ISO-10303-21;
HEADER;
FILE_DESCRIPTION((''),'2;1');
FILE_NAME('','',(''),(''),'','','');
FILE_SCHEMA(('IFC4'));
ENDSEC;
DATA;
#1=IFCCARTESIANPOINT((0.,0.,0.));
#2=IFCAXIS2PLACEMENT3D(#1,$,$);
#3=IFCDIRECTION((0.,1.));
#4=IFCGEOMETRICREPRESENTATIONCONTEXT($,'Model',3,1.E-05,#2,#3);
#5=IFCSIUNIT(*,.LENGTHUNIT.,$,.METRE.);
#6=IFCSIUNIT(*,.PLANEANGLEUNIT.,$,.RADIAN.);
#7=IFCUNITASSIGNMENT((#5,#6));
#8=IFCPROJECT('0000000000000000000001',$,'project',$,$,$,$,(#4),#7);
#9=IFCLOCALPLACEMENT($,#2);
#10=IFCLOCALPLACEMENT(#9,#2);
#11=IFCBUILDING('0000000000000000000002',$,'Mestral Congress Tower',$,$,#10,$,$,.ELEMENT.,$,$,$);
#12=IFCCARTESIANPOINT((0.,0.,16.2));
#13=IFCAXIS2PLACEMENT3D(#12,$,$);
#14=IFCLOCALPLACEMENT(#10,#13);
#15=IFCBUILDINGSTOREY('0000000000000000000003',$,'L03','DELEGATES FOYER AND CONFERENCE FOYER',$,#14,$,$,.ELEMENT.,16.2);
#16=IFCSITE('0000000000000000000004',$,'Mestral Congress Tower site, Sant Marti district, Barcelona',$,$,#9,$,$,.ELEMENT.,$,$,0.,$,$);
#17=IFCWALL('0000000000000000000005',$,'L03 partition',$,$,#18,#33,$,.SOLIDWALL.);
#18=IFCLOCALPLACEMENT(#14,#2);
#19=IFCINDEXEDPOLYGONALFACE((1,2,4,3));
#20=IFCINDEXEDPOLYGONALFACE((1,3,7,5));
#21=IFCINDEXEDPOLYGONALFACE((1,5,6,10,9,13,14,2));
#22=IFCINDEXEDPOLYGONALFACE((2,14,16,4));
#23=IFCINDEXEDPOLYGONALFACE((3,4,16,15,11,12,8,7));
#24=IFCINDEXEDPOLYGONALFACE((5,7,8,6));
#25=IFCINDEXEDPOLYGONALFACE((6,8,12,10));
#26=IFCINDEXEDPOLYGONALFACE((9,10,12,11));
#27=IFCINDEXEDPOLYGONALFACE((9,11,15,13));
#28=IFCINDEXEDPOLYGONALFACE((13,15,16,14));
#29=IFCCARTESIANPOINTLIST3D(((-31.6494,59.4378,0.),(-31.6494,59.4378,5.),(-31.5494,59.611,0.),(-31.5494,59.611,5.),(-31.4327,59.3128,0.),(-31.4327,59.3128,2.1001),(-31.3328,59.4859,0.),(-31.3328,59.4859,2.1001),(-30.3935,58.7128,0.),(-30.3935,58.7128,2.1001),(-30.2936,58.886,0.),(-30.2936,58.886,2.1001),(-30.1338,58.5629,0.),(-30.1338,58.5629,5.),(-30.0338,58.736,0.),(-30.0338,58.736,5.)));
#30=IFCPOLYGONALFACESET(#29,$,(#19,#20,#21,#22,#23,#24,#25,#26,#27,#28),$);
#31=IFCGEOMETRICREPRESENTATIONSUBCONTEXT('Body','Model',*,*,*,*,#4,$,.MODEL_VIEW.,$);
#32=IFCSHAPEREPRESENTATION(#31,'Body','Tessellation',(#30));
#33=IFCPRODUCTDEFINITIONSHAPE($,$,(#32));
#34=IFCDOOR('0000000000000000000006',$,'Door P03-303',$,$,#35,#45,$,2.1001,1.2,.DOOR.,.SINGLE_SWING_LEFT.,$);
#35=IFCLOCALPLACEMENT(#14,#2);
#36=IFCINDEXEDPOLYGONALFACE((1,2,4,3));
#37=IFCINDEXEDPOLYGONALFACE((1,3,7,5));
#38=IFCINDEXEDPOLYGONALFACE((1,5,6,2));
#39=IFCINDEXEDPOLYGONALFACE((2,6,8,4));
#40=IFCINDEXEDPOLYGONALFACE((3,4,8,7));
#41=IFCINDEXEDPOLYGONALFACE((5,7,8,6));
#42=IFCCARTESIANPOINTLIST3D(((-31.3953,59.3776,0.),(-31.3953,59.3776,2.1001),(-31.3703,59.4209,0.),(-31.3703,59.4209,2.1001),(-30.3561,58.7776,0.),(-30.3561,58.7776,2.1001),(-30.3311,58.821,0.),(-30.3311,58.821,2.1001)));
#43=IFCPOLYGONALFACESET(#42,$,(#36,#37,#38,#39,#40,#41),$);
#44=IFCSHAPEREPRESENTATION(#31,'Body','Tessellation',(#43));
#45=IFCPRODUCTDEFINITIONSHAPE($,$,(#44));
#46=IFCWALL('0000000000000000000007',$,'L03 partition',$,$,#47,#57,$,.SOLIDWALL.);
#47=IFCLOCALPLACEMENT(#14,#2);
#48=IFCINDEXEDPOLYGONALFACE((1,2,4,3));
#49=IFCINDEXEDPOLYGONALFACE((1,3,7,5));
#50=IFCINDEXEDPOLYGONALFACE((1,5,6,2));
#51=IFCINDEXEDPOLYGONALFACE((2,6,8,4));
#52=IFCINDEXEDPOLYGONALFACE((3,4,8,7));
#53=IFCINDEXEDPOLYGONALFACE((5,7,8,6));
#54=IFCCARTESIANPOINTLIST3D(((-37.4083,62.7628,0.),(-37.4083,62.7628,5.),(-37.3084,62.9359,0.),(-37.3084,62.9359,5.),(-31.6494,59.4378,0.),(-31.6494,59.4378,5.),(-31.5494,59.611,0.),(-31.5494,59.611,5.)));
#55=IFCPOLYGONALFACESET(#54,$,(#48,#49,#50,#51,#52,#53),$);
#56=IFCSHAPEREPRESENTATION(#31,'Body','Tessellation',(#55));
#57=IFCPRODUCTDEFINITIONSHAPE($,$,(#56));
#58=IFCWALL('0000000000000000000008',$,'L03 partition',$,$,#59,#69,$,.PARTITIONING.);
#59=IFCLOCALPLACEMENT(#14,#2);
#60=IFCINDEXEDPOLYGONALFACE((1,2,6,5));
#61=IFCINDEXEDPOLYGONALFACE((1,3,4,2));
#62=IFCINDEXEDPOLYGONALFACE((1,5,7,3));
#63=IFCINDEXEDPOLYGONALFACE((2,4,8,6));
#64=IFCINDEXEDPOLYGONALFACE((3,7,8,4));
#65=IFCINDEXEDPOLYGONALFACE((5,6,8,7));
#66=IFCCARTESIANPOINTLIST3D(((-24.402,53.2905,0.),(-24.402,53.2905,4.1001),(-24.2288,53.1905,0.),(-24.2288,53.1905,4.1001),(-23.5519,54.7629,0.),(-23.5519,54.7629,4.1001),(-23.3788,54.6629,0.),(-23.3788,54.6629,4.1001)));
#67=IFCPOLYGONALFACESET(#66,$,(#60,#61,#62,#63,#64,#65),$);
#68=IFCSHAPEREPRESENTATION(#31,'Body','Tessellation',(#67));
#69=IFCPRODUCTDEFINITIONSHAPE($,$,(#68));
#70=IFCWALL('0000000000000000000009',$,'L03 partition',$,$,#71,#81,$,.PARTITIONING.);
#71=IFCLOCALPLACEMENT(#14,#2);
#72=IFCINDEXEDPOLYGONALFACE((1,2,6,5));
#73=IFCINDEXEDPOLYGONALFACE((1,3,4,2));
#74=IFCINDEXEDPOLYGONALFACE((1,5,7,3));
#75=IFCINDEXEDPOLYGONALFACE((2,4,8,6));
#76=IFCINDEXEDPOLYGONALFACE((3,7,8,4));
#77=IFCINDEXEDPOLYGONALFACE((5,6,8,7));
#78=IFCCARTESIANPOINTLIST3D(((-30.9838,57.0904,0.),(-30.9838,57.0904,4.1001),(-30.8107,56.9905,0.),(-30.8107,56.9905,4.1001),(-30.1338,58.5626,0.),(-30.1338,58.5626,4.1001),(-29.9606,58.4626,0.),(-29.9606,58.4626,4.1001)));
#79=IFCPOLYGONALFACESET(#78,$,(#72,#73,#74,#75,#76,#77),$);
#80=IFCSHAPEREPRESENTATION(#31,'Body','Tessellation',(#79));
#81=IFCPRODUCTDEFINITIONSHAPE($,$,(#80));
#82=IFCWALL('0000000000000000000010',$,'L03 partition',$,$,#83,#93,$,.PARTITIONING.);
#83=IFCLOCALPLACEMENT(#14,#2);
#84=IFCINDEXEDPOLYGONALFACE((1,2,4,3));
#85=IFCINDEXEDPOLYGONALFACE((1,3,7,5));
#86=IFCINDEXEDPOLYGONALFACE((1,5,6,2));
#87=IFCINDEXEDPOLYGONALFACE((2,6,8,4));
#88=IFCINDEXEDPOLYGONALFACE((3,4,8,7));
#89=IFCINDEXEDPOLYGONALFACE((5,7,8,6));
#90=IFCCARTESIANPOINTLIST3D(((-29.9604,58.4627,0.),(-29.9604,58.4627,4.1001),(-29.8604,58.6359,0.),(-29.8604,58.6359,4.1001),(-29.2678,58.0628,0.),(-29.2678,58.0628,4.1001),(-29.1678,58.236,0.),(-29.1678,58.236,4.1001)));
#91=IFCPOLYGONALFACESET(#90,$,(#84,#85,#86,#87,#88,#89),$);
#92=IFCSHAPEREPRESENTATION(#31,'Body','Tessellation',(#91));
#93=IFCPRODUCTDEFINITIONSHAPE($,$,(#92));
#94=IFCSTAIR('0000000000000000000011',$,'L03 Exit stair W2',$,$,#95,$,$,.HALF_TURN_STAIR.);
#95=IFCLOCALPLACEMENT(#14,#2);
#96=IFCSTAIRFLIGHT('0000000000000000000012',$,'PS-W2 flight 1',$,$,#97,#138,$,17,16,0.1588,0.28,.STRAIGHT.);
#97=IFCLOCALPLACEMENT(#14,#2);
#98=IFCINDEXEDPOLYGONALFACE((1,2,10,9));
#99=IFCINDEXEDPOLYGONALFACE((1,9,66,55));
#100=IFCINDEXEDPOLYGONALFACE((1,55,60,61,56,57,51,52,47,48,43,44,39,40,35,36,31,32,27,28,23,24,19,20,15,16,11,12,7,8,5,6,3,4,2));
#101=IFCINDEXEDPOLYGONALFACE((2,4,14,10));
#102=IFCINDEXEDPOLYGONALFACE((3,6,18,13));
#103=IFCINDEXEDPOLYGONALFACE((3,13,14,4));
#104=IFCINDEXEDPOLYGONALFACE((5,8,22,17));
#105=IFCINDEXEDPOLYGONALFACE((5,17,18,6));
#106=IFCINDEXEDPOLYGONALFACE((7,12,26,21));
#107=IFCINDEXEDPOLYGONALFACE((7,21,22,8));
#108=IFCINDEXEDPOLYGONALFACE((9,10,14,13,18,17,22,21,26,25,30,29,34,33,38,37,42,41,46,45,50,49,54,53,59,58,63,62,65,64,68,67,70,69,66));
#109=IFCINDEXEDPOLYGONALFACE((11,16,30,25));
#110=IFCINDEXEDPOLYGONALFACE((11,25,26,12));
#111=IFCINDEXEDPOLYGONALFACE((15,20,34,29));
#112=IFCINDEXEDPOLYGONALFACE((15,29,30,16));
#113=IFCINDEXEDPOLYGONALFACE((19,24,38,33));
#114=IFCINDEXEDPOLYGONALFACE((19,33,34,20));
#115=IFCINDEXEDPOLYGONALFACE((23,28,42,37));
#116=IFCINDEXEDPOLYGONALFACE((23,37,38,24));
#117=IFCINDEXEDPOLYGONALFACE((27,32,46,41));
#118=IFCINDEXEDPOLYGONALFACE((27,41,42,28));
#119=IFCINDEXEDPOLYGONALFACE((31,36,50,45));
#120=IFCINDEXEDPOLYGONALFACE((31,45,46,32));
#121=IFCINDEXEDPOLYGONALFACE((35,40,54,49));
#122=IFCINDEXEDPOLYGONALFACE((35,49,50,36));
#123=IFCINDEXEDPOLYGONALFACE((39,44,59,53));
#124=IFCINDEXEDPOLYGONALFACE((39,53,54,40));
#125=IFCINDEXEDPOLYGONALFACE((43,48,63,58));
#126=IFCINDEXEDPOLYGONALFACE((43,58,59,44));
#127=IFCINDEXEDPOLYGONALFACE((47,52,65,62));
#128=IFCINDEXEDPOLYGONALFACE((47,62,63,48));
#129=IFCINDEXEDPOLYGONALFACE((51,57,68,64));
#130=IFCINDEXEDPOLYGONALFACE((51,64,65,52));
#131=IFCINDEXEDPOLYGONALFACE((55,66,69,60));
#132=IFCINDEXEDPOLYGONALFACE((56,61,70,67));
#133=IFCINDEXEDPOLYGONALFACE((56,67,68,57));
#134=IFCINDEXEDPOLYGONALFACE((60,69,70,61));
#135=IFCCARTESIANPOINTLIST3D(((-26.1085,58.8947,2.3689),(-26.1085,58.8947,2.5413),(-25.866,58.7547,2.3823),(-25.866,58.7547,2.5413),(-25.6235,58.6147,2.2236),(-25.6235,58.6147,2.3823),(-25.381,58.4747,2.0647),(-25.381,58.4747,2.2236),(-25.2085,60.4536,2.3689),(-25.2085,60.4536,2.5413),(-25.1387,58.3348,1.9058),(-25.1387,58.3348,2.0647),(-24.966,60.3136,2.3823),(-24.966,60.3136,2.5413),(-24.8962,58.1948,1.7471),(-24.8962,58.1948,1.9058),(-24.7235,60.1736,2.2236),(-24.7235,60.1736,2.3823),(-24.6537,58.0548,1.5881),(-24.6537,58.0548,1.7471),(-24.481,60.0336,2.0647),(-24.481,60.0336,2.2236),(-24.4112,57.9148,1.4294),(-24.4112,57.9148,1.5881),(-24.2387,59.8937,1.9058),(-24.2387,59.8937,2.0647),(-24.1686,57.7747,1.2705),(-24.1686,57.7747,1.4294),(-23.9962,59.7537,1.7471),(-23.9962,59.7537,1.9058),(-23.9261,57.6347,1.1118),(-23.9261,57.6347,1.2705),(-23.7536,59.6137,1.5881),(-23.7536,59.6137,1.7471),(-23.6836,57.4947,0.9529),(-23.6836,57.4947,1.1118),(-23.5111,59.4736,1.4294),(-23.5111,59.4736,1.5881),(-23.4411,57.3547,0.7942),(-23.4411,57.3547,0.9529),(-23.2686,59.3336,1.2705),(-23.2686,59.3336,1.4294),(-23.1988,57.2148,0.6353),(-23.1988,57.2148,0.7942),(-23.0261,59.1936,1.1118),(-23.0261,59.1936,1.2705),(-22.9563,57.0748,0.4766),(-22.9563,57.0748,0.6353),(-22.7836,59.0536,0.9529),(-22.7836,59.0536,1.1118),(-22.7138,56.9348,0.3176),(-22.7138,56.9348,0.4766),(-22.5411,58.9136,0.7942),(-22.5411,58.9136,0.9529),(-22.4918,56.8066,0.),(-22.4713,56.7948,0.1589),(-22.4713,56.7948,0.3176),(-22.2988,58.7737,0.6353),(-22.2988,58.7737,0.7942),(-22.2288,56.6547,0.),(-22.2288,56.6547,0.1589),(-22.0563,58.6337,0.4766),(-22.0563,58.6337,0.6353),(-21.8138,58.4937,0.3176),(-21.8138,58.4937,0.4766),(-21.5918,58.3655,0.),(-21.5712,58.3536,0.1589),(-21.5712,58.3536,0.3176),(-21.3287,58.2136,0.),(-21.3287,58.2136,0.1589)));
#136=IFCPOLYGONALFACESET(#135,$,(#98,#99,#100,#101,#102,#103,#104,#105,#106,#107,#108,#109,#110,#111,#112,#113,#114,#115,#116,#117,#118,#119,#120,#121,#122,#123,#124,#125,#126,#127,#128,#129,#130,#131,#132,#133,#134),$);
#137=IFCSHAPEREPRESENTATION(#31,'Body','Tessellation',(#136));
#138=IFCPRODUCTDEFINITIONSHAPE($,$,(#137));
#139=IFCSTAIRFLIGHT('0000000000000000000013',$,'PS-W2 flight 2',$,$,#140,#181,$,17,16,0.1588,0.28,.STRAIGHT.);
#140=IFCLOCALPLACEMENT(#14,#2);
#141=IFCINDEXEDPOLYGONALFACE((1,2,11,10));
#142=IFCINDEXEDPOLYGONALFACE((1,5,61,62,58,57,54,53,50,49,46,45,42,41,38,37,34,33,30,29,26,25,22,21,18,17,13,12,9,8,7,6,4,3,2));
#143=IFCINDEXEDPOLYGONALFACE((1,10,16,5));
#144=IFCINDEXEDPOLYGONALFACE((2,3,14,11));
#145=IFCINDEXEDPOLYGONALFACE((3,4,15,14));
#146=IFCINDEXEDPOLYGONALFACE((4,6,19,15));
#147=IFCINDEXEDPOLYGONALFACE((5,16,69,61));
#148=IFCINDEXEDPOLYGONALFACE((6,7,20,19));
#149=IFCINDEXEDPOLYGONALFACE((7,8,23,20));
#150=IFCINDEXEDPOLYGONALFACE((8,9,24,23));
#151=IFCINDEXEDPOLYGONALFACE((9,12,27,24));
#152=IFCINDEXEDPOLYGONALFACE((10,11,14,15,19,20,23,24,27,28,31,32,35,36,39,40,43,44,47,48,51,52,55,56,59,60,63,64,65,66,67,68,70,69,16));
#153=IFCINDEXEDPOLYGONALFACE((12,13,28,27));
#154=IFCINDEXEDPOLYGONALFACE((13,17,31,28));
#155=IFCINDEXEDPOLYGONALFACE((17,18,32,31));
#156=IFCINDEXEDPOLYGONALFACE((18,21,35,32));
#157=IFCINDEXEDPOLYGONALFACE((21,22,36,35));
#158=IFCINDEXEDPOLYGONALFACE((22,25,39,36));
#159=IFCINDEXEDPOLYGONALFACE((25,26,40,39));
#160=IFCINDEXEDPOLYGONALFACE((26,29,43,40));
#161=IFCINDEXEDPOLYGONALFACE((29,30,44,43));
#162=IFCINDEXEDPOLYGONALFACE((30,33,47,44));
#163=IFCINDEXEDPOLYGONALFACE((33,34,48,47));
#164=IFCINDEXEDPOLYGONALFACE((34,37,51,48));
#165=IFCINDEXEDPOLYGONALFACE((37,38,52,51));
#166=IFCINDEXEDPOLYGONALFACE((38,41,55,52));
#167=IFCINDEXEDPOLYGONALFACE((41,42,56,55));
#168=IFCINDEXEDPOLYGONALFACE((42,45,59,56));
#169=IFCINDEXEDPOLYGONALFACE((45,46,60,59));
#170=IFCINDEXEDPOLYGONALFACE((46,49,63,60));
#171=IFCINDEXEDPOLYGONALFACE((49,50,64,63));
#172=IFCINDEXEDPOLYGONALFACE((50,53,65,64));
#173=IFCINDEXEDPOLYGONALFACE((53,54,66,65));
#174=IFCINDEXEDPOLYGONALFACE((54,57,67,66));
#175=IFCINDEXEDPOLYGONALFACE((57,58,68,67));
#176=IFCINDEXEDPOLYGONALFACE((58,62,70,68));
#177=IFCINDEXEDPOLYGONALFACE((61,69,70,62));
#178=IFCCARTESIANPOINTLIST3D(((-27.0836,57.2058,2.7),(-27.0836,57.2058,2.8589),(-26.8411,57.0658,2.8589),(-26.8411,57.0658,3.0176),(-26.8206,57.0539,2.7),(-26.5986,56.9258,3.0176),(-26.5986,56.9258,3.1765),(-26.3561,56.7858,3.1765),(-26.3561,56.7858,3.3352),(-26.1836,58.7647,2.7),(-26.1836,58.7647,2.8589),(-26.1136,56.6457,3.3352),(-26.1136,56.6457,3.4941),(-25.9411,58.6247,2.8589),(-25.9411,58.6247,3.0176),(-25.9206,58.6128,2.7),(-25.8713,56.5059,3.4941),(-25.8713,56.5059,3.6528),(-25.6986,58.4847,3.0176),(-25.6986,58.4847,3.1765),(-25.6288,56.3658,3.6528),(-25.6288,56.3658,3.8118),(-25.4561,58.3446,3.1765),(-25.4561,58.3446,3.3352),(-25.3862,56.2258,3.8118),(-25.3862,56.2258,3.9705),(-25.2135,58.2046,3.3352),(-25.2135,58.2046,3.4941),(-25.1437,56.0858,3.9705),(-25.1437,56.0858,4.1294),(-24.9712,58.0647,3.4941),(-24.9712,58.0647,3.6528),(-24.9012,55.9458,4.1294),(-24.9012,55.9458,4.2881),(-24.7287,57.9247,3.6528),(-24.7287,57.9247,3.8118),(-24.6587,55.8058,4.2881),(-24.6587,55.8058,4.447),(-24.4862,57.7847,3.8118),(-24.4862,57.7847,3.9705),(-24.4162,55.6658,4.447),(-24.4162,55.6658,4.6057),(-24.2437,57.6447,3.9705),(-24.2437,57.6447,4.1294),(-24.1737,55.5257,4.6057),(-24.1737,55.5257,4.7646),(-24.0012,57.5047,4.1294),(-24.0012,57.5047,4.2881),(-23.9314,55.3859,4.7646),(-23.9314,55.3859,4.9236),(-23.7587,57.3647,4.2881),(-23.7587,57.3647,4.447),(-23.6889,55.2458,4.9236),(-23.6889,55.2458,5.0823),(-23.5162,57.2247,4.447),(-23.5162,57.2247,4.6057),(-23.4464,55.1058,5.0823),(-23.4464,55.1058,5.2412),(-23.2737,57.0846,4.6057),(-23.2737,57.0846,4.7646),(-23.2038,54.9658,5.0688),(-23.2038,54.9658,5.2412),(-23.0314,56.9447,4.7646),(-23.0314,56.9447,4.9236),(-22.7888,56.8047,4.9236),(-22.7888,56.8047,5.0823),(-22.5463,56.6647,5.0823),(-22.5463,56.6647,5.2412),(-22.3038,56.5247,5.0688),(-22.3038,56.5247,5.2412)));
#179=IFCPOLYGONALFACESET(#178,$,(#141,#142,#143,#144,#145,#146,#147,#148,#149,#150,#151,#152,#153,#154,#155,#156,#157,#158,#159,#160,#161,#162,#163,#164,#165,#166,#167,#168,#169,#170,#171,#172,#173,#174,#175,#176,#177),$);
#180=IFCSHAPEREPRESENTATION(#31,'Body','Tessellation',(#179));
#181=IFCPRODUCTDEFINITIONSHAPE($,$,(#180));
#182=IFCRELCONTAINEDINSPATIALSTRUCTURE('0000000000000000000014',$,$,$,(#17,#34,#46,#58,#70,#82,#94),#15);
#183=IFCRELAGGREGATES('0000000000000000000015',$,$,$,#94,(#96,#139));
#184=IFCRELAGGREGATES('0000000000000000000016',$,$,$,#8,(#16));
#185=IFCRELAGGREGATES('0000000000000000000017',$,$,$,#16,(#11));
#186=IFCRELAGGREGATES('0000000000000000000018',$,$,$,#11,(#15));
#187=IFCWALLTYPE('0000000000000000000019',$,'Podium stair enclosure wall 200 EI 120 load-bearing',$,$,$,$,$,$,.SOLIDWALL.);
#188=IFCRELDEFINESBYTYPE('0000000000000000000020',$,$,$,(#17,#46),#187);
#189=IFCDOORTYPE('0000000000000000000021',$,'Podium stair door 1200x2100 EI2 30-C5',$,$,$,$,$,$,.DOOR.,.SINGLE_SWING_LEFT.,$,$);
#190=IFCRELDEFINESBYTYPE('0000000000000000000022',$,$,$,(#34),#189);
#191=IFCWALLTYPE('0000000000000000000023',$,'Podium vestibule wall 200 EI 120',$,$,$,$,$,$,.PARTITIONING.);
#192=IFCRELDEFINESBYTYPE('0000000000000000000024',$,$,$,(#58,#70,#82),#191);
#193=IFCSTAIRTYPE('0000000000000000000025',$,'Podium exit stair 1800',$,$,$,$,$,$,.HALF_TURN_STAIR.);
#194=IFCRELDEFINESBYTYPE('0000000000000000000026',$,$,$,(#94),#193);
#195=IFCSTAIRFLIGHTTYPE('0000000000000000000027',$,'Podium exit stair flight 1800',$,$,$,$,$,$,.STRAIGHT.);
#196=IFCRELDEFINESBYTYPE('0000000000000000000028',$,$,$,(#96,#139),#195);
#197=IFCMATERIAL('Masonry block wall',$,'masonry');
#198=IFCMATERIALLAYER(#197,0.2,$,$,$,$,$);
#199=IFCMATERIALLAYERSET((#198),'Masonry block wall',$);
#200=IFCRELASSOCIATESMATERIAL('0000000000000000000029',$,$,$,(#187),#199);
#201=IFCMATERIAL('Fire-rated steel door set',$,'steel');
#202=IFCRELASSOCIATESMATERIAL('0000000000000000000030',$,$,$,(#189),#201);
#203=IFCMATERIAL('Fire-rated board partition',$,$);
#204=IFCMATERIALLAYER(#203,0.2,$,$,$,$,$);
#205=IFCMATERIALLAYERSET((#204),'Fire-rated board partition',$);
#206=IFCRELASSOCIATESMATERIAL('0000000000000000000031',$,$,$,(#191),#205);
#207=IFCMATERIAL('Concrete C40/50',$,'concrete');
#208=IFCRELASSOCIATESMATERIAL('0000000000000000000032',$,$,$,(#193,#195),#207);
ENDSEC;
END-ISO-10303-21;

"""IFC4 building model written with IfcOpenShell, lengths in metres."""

from ifc_helpers import new_model, si_unit, direction, frame, frame_2d, origin, place, context, subcontext, project, spatial, polyline, rectangle, outline, extrude, material, layer, layer_set, type_object, element, fill, aggregate, save


model = new_model("IFC4")

# Units and contexts
model_context = context("Model", 3, precision=1e-05, world=origin(), true_north=direction((0.0, 1.0)))
body_context = subcontext(model_context, "Body", "Model", "MODEL_VIEW")
ifc_project = project(units=[si_unit("LENGTHUNIT", "METRE"), si_unit("PLANEANGLEUNIT", "RADIAN")], contexts=[model_context])

# Site, building, storey
site_placement = place(None, origin())
site = spatial("IfcSite", under=ifc_project, at=site_placement, Name="Mestral Congress Tower site, Sant Marti district, Barcelona", CompositionType="ELEMENT", RefElevation=0.0)
building_placement = place(site_placement, origin())
building = spatial("IfcBuilding", under=site, at=building_placement, Name="Mestral Congress Tower", CompositionType="ELEMENT")
storey_placement = place(building_placement, frame((0.0, 0.0, 16.2)))
storey = spatial("IfcBuildingStorey", under=building, at=storey_placement, Name="L03", Description="DELEGATES FOYER AND CONFERENCE FOYER", CompositionType="ELEMENT", Elevation=16.2)

# Shared definitions
ifc_material_1 = material(Name="Masonry block wall", Category="masonry")
ifc_layer_1 = layer(ifc_material_1, 0.2)
ifc_layer_set_1 = layer_set([ifc_layer_1], Name="Masonry block wall")
wall_type_1 = type_object("IfcWallType", Name="Podium stair enclosure wall 200 EI 120 load-bearing", PredefinedType="SOLIDWALL", material=ifc_layer_set_1)

# Shared definitions
ifc_material_2 = material(Name="Fire-rated steel door set", Category="steel")
door_type = type_object("IfcDoorType", Name="Podium stair door 1200x2100 EI2 30-C5", OperationType="SINGLE_SWING_LEFT", PredefinedType="DOOR", material=ifc_material_2)

# Wall, opening, door
wall_1_placement = place(storey_placement, frame((-31.5994, 59.5244, 0.0), z_axis=(0.0, 0.0, 1.0), x_axis=(0.866037, -0.49998, 0.0)))
wall_1 = element("IfcWall", 1, at=wall_1_placement, inside=storey, type_object=wall_type_1, Name="L03 partition", PredefinedType="SOLIDWALL", context=body_context, shape_type="SweptSolid", body=[
    extrude(rectangle(XDim=1.75, YDim=0.2, at=frame_2d((0.875, 0.0))), origin(), (0.0, 0.0, 1.0), 5.0),
])
opening_1_placement = place(wall_1_placement, frame((0.25, 0.0, 0.0)))
opening_1 = element("IfcOpeningElement", 2, at=opening_1_placement, cuts=wall_1, PredefinedType="OPENING", context=body_context, shape_type="SweptSolid", body=[
    extrude(rectangle(XDim=1.2, YDim=2.1001, at=frame_2d((0.6001, 1.05))), frame((0.0, 0.1099, 0.0), z_axis=(0.0, -1.0, 0.0), x_axis=(1.0, 0.0, 0.0)), (0.0, 0.0, 1.0), 0.22),
])
door_1_placement = place(opening_1_placement, origin())
door_1 = element("IfcDoor", 3, at=door_1_placement, inside=storey, type_object=door_type, Name="Door P03-303", OperationType="SINGLE_SWING_LEFT", OverallHeight=2.1001, OverallWidth=1.2, PredefinedType="DOOR", context=body_context, shape_type="SweptSolid", body=[
    extrude(rectangle(XDim=1.2, YDim=2.1001, at=frame_2d((0.6001, 1.05))), frame((0.0, 0.0249, 0.0), z_axis=(0.0, -1.0, 0.0), x_axis=(1.0, 0.0, 0.0)), (0.0, 0.0, 1.0), 0.05),
])
fill(opening_1, door_1)

# Walls
wall_2_placement = place(storey_placement, frame((-31.5994, 59.5244, 0.0), z_axis=(0.0, 0.0, 1.0), x_axis=(-0.866027, 0.499997, 0.0)))
element("IfcWall", 4, at=wall_2_placement, inside=storey, type_object=wall_type_1, Name="L03 partition", PredefinedType="SOLIDWALL", context=body_context, shape_type="SweptSolid", body=[
    extrude(rectangle(XDim=6.6499, YDim=0.2, at=frame_2d((3.325, 0.0))), origin(), (0.0, 0.0, 1.0), 5.0),
])
ifc_material_3 = material(Name="Fire-rated board partition")
ifc_layer_2 = layer(ifc_material_3, 0.2)
ifc_layer_set_2 = layer_set([ifc_layer_2], Name="Fire-rated board partition")
wall_type_2 = type_object("IfcWallType", Name="Podium vestibule wall 200 EI 120", PredefinedType="PARTITIONING", material=ifc_layer_set_2)
wall_3_placement = place(storey_placement, frame((-23.4653, 54.7129, 0.0), z_axis=(0.0, 0.0, 1.0), x_axis=(-0.5, -0.866025, 0.0)))
element("IfcWall", 5, at=wall_3_placement, inside=storey, type_object=wall_type_2, Name="L03 partition", PredefinedType="PARTITIONING", context=body_context, shape_type="SweptSolid", body=[
    extrude(rectangle(XDim=1.7002, YDim=0.2, at=frame_2d((0.8501, 0.0))), origin(), (0.0, 0.0, 1.0), 4.1001),
])
wall_4_placement = place(storey_placement, frame((-30.0471, 58.5127, 0.0), z_axis=(0.0, 0.0, 1.0), x_axis=(-0.500062, -0.865989, 0.0)))
element("IfcWall", 6, at=wall_4_placement, inside=storey, type_object=wall_type_2, Name="L03 partition", PredefinedType="PARTITIONING", context=body_context, shape_type="SweptSolid", body=[
    extrude(rectangle(XDim=1.7, YDim=0.2, at=frame_2d((0.8501, 0.0))), origin(), (0.0, 0.0, 1.0), 4.1001),
])
wall_5_placement = place(storey_placement, frame((-29.2178, 58.1494, 0.0), z_axis=(0.0, 0.0, 1.0), x_axis=(-0.866018, 0.500013, 0.0)))
element("IfcWall", 7, at=wall_5_placement, inside=storey, type_object=wall_type_2, Name="L03 partition", PredefinedType="PARTITIONING", context=body_context, shape_type="SweptSolid", body=[
    extrude(rectangle(XDim=0.7998, YDim=0.2, at=frame_2d((0.3999, 0.0))), origin(), (0.0, 0.0, 1.0), 4.1001),
])

# Stair, stair flights
ifc_material_4 = material(Name="Concrete C40/50", Category="concrete")
stair_type = type_object("IfcStairType", Name="Podium exit stair 1800", PredefinedType="HALF_TURN_STAIR", material=ifc_material_4)
placement = place(storey_placement, origin())
stair_1 = element("IfcStair", 8, at=placement, inside=storey, type_object=stair_type, Name="L03 Exit stair W2", PredefinedType="HALF_TURN_STAIR")
stair_flight_type = type_object("IfcStairFlightType", Name="Podium exit stair flight 1800", PredefinedType="STRAIGHT", material=ifc_material_4)
stair_flight_1_placement = place(storey_placement, frame((-21.7788, 57.4341, 0.0), z_axis=(0.0, 0.0, 1.0), x_axis=(-0.866025, 0.5, 0.0)))
stair_flight_1 = element("IfcStairFlight", 9, at=stair_flight_1_placement, type_object=stair_flight_type, Name="PS-W2 flight 1", NumberOfRisers=17, NumberOfTreads=16, PredefinedType="STRAIGHT", RiserHeight=0.1588, TreadLength=0.28, context=body_context, shape_type="SweptSolid", body=[
    extrude(outline(polyline([(0.0, 0.0), (0.0, 0.1589), (0.28, 0.1589), (0.28, 0.3176), (0.5601, 0.3176), (0.5601, 0.4766), (0.8401, 0.4766), (0.8401, 0.6353), (1.1201, 0.6353), (1.1201, 0.7942), (1.3999, 0.7942), (1.3999, 0.9529), (1.6799, 0.9529), (1.6799, 1.1118), (1.96, 1.1118), (1.96, 1.2705), (2.24, 1.2705), (2.24, 1.4294), (2.52, 1.4294), (2.52, 1.5881), (2.8, 1.5881), (2.8, 1.7471), (3.0801, 1.7471), (3.0801, 1.9058), (3.3601, 1.9058), (3.3601, 2.0647), (3.6399, 2.0647), (3.6399, 2.2236), (3.9199, 2.2236), (3.9199, 2.3823), (4.2, 2.3823), (4.2, 2.5413), (4.48, 2.5413), (4.48, 2.7), (4.48, 2.3689), (0.3037, 0.0), (0.0, 0.0)])), frame((0.0, 0.8999, 0.0), z_axis=(0.0, -1.0, 0.0), x_axis=(1.0, 0.0, 0.0)), (0.0, 0.0, 1.0), 1.8),
])
stair_flight_2_placement = place(storey_placement, frame((-26.6335, 57.9854, 2.7), z_axis=(0.0, 0.0, 1.0), x_axis=(0.866025, -0.5, 0.0)))
stair_flight_2 = element("IfcStairFlight", 10, at=stair_flight_2_placement, type_object=stair_flight_type, Name="PS-W2 flight 2", NumberOfRisers=17, NumberOfTreads=16, PredefinedType="STRAIGHT", RiserHeight=0.1588, TreadLength=0.28, context=body_context, shape_type="SweptSolid", body=[
    extrude(outline(polyline([(0.0, 0.0), (0.0, 0.1589), (0.28, 0.1589), (0.28, 0.3176), (0.5601, 0.3176), (0.5601, 0.4766), (0.8401, 0.4766), (0.8401, 0.6353), (1.1201, 0.6353), (1.1201, 0.7942), (1.3999, 0.7942), (1.3999, 0.9529), (1.6799, 0.9529), (1.6799, 1.1118), (1.96, 1.1118), (1.96, 1.2705), (2.24, 1.2705), (2.24, 1.4294), (2.52, 1.4294), (2.52, 1.5881), (2.8, 1.5881), (2.8, 1.7471), (3.0801, 1.7471), (3.0801, 1.9058), (3.3601, 1.9058), (3.3601, 2.0647), (3.6399, 2.0647), (3.6399, 2.2236), (3.9199, 2.2236), (3.9199, 2.3823), (4.2, 2.3823), (4.2, 2.5413), (4.48, 2.5413), (4.48, 2.7), (4.48, 2.3689), (0.3037, 0.0), (0.0, 0.0)])), frame((0.0, 0.8999, 0.0), z_axis=(0.0, -1.0, 0.0), x_axis=(1.0, 0.0, 0.0)), (0.0, 0.0, 1.0), 1.8),
])
aggregate(stair_1, [stair_flight_1, stair_flight_2])

save(model, "model.ifc")
